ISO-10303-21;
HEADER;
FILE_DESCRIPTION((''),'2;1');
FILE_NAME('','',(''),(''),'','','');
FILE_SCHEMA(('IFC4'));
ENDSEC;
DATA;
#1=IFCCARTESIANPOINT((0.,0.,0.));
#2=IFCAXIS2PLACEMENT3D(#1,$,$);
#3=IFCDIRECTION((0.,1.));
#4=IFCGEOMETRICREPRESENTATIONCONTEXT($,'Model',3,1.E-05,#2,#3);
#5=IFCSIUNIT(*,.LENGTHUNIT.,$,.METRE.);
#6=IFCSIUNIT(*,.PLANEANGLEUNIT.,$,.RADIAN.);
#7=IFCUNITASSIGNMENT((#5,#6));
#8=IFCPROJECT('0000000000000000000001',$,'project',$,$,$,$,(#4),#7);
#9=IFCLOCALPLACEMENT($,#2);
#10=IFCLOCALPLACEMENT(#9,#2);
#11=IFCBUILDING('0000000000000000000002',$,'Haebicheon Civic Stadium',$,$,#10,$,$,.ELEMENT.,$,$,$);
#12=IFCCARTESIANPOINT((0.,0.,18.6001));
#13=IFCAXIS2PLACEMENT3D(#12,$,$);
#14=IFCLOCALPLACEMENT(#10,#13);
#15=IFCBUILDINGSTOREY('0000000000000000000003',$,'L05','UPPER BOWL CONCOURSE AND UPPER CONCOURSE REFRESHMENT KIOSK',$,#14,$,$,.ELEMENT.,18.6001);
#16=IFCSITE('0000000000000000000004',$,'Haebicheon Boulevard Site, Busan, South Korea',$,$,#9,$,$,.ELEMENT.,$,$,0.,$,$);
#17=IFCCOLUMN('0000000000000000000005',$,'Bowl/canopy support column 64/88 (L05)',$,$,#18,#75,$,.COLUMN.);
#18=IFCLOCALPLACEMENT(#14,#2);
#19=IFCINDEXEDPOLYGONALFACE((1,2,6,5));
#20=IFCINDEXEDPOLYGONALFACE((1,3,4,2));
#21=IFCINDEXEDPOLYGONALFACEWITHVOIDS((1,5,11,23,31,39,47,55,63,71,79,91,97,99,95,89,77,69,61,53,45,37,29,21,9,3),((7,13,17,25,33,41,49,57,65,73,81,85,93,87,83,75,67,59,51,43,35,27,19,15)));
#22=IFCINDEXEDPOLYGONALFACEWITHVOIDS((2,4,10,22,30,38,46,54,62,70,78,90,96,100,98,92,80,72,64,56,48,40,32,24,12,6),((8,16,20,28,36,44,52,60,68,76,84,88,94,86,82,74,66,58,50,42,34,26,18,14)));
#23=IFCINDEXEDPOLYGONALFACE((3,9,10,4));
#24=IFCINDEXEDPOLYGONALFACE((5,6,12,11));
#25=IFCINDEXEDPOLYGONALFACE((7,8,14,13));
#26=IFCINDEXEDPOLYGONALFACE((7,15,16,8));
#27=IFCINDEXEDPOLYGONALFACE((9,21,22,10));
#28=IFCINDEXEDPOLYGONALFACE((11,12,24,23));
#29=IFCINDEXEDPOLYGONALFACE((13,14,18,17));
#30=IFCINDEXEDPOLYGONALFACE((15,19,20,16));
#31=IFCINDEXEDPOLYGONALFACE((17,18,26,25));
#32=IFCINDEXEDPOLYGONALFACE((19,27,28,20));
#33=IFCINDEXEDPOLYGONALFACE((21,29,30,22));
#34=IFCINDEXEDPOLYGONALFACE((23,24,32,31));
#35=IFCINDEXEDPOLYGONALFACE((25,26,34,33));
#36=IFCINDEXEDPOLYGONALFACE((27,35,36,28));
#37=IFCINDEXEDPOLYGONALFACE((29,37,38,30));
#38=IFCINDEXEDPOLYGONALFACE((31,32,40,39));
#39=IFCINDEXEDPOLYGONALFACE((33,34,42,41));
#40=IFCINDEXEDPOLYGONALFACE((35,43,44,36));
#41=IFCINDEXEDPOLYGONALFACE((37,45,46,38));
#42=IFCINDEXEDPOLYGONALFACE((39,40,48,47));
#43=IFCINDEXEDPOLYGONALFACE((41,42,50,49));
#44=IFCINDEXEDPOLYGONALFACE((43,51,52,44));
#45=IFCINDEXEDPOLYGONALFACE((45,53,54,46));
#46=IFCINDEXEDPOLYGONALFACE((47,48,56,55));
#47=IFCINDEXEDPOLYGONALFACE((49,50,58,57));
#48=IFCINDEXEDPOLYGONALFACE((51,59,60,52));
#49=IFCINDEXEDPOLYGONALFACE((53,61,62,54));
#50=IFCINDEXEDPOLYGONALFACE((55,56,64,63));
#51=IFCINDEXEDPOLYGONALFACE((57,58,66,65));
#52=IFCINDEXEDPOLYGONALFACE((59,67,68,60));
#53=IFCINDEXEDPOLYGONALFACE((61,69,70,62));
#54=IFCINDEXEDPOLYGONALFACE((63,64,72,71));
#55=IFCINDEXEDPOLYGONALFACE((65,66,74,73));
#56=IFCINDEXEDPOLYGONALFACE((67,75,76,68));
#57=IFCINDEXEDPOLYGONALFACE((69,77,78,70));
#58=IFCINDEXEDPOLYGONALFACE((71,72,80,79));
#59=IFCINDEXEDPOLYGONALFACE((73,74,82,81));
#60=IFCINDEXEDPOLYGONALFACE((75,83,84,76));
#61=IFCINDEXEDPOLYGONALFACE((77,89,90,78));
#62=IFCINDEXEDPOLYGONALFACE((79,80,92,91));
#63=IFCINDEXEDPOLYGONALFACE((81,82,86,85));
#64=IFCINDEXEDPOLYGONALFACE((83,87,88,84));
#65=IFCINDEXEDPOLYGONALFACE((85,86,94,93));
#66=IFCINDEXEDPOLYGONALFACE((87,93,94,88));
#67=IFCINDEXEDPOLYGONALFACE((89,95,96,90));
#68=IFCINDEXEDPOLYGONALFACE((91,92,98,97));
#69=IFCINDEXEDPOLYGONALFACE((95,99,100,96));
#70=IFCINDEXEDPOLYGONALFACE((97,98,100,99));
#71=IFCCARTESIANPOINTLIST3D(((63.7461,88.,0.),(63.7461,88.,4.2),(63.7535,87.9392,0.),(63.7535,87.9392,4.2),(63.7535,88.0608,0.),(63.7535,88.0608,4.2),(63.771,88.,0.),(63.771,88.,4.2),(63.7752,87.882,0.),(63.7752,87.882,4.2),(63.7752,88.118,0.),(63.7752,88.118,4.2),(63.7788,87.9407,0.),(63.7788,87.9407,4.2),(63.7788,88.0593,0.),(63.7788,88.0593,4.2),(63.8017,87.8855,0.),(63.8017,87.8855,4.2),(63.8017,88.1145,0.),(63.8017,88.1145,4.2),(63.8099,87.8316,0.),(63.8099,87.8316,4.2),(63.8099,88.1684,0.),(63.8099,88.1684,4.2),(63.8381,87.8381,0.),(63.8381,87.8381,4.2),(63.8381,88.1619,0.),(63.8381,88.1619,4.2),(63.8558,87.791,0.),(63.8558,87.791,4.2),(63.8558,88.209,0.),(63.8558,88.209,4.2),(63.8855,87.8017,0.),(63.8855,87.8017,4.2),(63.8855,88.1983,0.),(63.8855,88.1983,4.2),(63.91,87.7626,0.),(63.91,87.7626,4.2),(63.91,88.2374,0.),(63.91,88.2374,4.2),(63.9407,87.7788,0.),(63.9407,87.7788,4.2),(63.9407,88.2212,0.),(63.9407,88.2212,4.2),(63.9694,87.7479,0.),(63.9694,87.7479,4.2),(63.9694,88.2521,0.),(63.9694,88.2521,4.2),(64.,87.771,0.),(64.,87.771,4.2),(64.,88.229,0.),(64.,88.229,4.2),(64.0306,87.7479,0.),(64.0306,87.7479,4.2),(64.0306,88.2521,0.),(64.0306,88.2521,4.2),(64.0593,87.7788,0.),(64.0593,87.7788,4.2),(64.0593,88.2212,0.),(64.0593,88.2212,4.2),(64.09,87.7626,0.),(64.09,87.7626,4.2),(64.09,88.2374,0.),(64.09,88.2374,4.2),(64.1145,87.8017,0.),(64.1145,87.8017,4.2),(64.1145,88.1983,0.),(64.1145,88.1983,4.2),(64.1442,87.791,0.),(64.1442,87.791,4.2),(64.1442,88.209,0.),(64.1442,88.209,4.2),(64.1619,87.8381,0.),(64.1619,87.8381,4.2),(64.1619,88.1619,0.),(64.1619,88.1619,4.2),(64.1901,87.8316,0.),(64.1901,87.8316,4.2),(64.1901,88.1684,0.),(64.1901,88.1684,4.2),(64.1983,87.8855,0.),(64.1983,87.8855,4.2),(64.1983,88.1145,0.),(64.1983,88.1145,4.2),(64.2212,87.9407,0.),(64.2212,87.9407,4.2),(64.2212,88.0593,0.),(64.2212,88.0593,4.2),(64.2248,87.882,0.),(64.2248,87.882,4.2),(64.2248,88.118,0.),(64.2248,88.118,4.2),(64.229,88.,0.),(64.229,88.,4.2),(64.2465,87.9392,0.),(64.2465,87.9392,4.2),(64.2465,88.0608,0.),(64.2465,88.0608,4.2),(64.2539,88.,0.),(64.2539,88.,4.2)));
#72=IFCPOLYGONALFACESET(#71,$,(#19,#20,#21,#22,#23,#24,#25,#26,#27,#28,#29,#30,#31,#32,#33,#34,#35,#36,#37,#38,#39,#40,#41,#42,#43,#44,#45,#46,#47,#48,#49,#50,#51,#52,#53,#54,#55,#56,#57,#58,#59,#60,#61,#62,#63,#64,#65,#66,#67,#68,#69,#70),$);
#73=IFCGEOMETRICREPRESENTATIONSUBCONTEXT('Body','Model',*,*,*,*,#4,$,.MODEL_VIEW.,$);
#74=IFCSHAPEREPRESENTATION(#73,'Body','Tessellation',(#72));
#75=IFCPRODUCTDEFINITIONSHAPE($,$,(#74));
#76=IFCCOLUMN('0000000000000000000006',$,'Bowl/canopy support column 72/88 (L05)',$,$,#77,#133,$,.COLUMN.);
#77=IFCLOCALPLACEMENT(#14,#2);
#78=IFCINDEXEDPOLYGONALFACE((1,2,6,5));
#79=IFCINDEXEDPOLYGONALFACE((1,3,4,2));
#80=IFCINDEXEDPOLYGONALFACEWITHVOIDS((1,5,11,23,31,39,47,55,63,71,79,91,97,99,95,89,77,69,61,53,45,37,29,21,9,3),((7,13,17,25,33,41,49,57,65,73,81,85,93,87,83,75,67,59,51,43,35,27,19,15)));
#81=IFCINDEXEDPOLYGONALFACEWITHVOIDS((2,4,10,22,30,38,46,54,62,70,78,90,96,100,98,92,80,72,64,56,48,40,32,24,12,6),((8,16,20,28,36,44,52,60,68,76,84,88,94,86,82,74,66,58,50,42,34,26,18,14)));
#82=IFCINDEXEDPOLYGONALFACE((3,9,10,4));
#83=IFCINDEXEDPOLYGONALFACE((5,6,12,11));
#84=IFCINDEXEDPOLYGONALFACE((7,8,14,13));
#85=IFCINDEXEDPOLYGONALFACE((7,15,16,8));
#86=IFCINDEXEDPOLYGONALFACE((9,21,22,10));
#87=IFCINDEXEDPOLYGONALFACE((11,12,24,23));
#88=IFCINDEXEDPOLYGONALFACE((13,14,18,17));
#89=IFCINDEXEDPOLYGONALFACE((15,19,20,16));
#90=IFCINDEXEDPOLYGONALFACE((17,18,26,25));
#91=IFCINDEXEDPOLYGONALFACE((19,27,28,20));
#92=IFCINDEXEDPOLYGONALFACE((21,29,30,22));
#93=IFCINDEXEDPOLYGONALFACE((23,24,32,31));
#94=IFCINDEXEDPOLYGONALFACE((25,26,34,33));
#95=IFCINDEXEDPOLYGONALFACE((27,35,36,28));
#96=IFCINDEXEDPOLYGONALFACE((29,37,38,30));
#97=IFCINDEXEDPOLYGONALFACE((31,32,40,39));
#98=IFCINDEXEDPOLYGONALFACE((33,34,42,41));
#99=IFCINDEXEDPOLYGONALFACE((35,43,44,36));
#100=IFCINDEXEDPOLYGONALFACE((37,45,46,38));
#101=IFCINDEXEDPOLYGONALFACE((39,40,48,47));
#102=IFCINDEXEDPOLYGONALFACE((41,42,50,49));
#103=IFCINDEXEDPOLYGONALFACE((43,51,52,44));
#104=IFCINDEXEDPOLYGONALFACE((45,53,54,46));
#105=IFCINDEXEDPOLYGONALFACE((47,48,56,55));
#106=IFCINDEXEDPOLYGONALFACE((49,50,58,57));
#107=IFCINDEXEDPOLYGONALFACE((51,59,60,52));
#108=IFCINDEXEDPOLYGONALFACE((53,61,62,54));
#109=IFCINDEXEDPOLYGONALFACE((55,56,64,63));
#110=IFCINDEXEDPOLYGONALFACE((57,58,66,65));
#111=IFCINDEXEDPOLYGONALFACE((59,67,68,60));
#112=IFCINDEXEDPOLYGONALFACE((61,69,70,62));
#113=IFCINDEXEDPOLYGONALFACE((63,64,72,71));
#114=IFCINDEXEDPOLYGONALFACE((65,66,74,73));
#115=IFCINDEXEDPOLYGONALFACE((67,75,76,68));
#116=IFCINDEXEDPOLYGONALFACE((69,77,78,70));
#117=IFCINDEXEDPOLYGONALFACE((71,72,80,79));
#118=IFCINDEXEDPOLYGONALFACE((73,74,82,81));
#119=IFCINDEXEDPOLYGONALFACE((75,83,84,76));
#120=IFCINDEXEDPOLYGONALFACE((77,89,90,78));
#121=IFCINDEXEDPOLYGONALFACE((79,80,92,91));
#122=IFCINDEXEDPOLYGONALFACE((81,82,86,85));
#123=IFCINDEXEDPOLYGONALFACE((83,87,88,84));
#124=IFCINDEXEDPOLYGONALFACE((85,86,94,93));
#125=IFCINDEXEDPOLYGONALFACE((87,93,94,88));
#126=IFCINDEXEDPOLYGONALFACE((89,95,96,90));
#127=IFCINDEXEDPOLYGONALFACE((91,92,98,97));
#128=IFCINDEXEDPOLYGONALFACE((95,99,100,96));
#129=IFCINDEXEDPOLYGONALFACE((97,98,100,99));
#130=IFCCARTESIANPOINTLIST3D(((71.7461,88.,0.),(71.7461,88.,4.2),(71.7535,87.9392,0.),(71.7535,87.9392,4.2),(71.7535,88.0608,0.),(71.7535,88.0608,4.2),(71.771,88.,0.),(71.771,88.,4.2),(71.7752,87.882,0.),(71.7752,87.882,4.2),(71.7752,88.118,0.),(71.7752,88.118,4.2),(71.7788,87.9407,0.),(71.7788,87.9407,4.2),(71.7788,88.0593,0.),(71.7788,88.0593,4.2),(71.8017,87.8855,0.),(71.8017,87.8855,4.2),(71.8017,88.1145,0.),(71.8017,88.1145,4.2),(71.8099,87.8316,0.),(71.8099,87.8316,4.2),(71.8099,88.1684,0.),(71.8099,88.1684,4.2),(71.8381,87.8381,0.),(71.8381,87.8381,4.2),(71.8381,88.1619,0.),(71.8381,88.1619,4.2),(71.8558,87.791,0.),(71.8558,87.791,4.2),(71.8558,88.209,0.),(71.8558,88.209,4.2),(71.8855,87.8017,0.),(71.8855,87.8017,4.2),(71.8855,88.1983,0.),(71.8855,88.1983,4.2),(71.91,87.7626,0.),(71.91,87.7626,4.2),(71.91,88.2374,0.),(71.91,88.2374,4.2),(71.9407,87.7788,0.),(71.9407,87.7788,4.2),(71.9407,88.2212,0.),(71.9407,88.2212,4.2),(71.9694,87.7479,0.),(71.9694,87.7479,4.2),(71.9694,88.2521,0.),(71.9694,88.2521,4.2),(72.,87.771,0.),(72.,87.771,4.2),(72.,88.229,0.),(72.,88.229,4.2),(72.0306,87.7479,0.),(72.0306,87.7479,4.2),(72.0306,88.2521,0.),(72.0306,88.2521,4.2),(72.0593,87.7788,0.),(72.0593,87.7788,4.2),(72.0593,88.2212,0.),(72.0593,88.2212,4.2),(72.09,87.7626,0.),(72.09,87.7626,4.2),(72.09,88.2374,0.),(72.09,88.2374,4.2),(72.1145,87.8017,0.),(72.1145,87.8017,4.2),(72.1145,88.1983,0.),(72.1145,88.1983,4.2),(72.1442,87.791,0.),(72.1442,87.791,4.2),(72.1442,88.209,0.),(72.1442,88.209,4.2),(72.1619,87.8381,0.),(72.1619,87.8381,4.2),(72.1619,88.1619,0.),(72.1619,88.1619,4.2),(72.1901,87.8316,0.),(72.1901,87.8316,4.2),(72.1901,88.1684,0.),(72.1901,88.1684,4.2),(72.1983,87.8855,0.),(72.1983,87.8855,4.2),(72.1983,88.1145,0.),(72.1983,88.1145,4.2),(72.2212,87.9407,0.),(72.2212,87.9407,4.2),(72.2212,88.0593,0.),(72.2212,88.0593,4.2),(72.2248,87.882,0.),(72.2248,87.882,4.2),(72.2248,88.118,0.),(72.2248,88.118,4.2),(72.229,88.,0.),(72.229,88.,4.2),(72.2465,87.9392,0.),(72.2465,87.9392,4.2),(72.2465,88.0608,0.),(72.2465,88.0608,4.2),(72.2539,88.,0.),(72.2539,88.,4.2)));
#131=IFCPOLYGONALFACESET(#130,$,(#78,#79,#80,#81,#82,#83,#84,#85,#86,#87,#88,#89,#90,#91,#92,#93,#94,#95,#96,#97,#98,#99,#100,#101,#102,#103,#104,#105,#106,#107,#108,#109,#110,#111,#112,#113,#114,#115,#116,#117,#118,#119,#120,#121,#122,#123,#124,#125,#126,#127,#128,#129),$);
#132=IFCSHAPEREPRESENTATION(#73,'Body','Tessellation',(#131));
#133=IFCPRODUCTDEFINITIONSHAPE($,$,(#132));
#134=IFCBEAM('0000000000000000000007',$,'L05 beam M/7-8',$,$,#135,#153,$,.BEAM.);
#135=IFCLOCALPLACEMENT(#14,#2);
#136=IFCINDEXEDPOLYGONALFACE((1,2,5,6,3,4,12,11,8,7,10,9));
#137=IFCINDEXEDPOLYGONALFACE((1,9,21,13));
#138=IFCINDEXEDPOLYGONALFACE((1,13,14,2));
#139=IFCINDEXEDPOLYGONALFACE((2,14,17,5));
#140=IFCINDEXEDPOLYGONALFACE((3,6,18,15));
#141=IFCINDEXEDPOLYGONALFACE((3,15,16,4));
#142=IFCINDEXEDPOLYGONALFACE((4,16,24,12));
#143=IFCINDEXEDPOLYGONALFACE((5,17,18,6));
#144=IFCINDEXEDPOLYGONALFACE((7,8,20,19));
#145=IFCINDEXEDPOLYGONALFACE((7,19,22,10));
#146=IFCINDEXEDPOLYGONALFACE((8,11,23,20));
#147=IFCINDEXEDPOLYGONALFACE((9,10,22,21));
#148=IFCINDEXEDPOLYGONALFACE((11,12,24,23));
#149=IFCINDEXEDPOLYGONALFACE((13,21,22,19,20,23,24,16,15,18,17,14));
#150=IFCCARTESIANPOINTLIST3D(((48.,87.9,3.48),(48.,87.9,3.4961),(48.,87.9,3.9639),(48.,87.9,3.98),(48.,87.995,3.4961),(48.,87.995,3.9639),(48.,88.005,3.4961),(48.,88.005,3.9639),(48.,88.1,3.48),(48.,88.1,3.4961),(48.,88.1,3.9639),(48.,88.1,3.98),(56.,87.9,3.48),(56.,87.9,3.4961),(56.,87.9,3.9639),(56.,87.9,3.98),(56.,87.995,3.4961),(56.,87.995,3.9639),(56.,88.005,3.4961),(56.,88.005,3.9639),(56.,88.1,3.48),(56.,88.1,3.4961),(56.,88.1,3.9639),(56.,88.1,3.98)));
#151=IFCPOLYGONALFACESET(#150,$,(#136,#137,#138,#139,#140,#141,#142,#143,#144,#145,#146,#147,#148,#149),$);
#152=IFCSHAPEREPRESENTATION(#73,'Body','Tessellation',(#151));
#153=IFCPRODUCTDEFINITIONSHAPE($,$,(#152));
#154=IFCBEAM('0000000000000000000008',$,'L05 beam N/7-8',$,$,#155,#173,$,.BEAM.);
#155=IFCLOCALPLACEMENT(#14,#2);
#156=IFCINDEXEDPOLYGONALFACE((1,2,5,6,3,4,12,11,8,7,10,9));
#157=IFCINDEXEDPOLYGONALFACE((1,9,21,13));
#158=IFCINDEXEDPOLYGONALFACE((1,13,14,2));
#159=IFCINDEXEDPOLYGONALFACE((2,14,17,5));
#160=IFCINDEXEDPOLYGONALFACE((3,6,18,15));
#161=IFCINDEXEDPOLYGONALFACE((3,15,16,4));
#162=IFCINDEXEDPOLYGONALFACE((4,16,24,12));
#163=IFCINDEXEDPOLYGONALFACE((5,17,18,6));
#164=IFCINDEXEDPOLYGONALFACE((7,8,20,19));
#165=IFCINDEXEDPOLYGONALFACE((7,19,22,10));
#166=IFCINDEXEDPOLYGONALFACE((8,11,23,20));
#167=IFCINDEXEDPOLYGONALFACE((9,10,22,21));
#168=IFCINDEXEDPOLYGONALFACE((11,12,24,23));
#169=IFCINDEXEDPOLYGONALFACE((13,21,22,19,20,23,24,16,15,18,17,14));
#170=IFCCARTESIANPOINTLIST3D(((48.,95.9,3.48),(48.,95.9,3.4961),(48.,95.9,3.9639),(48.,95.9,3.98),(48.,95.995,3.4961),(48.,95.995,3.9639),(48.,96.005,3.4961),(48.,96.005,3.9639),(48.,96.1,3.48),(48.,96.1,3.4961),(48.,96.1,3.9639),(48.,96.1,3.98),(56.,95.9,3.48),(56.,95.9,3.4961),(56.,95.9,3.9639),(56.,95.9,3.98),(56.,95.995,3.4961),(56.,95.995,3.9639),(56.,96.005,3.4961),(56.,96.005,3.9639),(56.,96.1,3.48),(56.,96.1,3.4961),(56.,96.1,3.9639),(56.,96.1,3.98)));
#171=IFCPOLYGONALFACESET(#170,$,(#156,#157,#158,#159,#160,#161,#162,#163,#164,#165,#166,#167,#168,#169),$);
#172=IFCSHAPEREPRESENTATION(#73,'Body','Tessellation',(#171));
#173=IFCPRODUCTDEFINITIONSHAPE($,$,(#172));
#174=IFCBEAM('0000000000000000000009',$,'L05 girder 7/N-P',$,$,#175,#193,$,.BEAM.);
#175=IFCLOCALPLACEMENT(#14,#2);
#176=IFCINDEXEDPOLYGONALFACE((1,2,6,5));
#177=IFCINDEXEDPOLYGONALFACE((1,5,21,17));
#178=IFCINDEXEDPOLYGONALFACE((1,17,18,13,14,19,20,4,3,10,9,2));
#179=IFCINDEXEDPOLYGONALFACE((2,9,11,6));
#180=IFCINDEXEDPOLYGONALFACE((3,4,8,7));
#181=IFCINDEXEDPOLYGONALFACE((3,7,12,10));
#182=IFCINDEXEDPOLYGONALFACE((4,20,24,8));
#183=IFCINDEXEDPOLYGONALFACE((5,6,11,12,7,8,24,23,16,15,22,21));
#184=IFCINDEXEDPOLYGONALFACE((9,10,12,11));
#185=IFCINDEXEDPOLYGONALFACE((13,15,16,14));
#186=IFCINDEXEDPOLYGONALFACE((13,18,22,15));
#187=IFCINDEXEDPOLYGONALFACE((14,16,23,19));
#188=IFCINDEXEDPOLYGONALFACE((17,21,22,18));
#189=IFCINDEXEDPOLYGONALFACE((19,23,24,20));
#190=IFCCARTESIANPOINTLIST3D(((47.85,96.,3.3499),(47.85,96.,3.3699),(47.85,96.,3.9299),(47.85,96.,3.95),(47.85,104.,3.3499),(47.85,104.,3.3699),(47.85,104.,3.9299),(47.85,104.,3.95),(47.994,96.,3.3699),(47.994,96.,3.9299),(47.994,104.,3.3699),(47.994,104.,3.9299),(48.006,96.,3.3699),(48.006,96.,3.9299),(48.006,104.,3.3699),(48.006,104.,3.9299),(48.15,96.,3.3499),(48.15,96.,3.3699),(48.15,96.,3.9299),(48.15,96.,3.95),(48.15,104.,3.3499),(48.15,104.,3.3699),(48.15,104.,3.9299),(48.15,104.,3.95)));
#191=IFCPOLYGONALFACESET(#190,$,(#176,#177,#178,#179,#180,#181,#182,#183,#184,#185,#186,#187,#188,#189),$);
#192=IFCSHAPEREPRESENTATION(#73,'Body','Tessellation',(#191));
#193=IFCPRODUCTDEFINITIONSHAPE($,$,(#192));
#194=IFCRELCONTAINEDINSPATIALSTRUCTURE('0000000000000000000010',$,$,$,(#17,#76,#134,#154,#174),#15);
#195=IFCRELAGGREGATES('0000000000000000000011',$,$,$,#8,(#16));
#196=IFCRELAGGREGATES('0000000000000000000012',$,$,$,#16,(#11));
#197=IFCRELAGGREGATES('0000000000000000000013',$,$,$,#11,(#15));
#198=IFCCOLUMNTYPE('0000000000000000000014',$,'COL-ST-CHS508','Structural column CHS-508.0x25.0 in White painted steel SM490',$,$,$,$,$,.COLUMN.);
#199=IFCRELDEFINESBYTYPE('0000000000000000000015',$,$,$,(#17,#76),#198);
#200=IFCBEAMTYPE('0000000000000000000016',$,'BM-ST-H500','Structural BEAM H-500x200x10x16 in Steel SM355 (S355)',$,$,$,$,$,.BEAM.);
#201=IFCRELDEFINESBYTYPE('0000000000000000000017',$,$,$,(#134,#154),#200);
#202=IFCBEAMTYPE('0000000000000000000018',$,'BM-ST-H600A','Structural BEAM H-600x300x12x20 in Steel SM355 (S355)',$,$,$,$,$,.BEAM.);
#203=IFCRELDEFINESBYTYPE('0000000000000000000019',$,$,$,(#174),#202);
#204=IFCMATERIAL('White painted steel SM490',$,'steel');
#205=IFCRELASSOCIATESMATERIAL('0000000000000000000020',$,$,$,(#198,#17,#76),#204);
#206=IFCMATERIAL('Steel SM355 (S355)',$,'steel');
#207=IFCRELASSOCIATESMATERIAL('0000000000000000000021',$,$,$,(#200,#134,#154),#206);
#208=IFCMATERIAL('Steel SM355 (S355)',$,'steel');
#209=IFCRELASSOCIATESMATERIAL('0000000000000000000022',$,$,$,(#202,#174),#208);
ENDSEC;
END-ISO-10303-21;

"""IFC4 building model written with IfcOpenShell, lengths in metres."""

from ifc_helpers import new_model, si_unit, direction, frame, origin, origin_2d, place, context, subcontext, project, spatial, hollow_circle, i_section, extrude, material, material_profile, profile_set, type_object, element, save


model = new_model("IFC4")

# Units and contexts
model_context = context("Model", 3, precision=1e-05, world=origin(), true_north=direction((0.0, 1.0)))
body_context = subcontext(model_context, "Body", "Model", "MODEL_VIEW")
ifc_project = project(units=[si_unit("LENGTHUNIT", "METRE"), si_unit("PLANEANGLEUNIT", "RADIAN")], contexts=[model_context])

# Site, building, storey
site_placement = place(None, origin())
site = spatial("IfcSite", under=ifc_project, at=site_placement, Name="Haebicheon Boulevard Site, Busan, South Korea", CompositionType="ELEMENT", RefElevation=0.0)
building_placement = place(site_placement, origin())
building = spatial("IfcBuilding", under=site, at=building_placement, Name="Haebicheon Civic Stadium", CompositionType="ELEMENT")
storey_placement = place(building_placement, frame((0.0, 0.0, 18.6001)))
storey = spatial("IfcBuildingStorey", under=building, at=storey_placement, Name="L05", Description="UPPER BOWL CONCOURSE AND UPPER CONCOURSE REFRESHMENT KIOSK", CompositionType="ELEMENT", Elevation=18.6001)

# Columns
ifc_material_1 = material(Name="White painted steel SM490", Category="steel")
ifc_material_profile_1 = material_profile(ifc_material_1, hollow_circle(Radius=0.2539, WallThickness=0.0249, at=origin_2d()), Name="CHS-508.0x25.0")
ifc_profile_set_1 = profile_set([ifc_material_profile_1], Name="White painted steel SM490")
column_type_1 = type_object("IfcColumnType", Name="COL-ST-CHS508", Description="Structural column CHS-508.0x25.0 in White painted steel SM490", PredefinedType="COLUMN", material=ifc_profile_set_1)
for number, where, z_axis, x_axis, name in (
    (1, (64.0, 88.0, 0.0), (0.0, 0.0, 1.0), (1.0, 0.0, 0.0), "Bowl/canopy support column 64/88 (L05)"),
    (2, (72.0, 88.0, 0.0), (0.0, 0.0, 1.0), (1.0, 0.0, 0.0), "Bowl/canopy support column 72/88 (L05)"),
):
    element("IfcColumn", number, at=place(storey_placement, frame(where, z_axis=z_axis, x_axis=x_axis)), inside=storey, type_object=column_type_1, material=ifc_profile_set_1, Name=name, PredefinedType="COLUMN", context=body_context, shape_type="SweptSolid", body=[
        extrude(hollow_circle(Radius=0.2539, WallThickness=0.0249, at=origin_2d()), origin(), (0.0, 0.0, 1.0), 4.2),
    ])

# Beams
ifc_material_2 = material(Name="Steel SM355 (S355)", Category="steel")
ifc_material_profile_2 = material_profile(ifc_material_2, i_section(OverallWidth=0.2, OverallDepth=0.5, WebThickness=0.01, FlangeThickness=0.0161, at=origin_2d()), Name="H-500x200x10x16")
ifc_profile_set_2 = profile_set([ifc_material_profile_2], Name="Steel SM355 (S355)")
beam_type_1 = type_object("IfcBeamType", Name="BM-ST-H500", Description="Structural BEAM H-500x200x10x16 in Steel SM355 (S355)", PredefinedType="BEAM", material=ifc_profile_set_2)
for number, where, z_axis, x_axis, name in (
    (3, (48.0, 88.0, 3.73), (1.0, 0.0, 0.0), (0.0, 1.0, 0.0), "L05 beam M/7-8"),
    (4, (48.0, 96.0, 3.73), (1.0, 0.0, 0.0), (0.0, 1.0, 0.0), "L05 beam N/7-8"),
):
    element("IfcBeam", number, at=place(storey_placement, frame(where, z_axis=z_axis, x_axis=x_axis)), inside=storey, type_object=beam_type_1, material=ifc_profile_set_2, Name=name, PredefinedType="BEAM", context=body_context, shape_type="SweptSolid", body=[
        extrude(i_section(OverallWidth=0.2, OverallDepth=0.5, WebThickness=0.01, FlangeThickness=0.0161, at=origin_2d()), origin(), (0.0, 0.0, 1.0), 8.0),
    ])
ifc_material_3 = material(Name="Steel SM355 (S355)", Category="steel")
ifc_material_profile_3 = material_profile(ifc_material_3, i_section(OverallWidth=0.3, OverallDepth=0.6001, WebThickness=0.012, FlangeThickness=0.02, at=origin_2d()), Name="H-600x300x12x20")
ifc_profile_set_3 = profile_set([ifc_material_profile_3], Name="Steel SM355 (S355)")
beam_type_2 = type_object("IfcBeamType", Name="BM-ST-H600A", Description="Structural BEAM H-600x300x12x20 in Steel SM355 (S355)", PredefinedType="BEAM", material=ifc_profile_set_3)
beam_placement = place(storey_placement, frame((48.0, 96.0, 3.6499), z_axis=(0.0, 1.0, 0.0), x_axis=(-1.0, 0.0, 0.0)))
element("IfcBeam", 5, at=beam_placement, inside=storey, type_object=beam_type_2, material=ifc_profile_set_3, Name="L05 girder 7/N-P", PredefinedType="BEAM", context=body_context, shape_type="SweptSolid", body=[
    extrude(i_section(OverallWidth=0.3, OverallDepth=0.6001, WebThickness=0.012, FlangeThickness=0.02, at=origin_2d()), origin(), (0.0, 0.0, 1.0), 8.0),
])

save(model, "model.ifc")
